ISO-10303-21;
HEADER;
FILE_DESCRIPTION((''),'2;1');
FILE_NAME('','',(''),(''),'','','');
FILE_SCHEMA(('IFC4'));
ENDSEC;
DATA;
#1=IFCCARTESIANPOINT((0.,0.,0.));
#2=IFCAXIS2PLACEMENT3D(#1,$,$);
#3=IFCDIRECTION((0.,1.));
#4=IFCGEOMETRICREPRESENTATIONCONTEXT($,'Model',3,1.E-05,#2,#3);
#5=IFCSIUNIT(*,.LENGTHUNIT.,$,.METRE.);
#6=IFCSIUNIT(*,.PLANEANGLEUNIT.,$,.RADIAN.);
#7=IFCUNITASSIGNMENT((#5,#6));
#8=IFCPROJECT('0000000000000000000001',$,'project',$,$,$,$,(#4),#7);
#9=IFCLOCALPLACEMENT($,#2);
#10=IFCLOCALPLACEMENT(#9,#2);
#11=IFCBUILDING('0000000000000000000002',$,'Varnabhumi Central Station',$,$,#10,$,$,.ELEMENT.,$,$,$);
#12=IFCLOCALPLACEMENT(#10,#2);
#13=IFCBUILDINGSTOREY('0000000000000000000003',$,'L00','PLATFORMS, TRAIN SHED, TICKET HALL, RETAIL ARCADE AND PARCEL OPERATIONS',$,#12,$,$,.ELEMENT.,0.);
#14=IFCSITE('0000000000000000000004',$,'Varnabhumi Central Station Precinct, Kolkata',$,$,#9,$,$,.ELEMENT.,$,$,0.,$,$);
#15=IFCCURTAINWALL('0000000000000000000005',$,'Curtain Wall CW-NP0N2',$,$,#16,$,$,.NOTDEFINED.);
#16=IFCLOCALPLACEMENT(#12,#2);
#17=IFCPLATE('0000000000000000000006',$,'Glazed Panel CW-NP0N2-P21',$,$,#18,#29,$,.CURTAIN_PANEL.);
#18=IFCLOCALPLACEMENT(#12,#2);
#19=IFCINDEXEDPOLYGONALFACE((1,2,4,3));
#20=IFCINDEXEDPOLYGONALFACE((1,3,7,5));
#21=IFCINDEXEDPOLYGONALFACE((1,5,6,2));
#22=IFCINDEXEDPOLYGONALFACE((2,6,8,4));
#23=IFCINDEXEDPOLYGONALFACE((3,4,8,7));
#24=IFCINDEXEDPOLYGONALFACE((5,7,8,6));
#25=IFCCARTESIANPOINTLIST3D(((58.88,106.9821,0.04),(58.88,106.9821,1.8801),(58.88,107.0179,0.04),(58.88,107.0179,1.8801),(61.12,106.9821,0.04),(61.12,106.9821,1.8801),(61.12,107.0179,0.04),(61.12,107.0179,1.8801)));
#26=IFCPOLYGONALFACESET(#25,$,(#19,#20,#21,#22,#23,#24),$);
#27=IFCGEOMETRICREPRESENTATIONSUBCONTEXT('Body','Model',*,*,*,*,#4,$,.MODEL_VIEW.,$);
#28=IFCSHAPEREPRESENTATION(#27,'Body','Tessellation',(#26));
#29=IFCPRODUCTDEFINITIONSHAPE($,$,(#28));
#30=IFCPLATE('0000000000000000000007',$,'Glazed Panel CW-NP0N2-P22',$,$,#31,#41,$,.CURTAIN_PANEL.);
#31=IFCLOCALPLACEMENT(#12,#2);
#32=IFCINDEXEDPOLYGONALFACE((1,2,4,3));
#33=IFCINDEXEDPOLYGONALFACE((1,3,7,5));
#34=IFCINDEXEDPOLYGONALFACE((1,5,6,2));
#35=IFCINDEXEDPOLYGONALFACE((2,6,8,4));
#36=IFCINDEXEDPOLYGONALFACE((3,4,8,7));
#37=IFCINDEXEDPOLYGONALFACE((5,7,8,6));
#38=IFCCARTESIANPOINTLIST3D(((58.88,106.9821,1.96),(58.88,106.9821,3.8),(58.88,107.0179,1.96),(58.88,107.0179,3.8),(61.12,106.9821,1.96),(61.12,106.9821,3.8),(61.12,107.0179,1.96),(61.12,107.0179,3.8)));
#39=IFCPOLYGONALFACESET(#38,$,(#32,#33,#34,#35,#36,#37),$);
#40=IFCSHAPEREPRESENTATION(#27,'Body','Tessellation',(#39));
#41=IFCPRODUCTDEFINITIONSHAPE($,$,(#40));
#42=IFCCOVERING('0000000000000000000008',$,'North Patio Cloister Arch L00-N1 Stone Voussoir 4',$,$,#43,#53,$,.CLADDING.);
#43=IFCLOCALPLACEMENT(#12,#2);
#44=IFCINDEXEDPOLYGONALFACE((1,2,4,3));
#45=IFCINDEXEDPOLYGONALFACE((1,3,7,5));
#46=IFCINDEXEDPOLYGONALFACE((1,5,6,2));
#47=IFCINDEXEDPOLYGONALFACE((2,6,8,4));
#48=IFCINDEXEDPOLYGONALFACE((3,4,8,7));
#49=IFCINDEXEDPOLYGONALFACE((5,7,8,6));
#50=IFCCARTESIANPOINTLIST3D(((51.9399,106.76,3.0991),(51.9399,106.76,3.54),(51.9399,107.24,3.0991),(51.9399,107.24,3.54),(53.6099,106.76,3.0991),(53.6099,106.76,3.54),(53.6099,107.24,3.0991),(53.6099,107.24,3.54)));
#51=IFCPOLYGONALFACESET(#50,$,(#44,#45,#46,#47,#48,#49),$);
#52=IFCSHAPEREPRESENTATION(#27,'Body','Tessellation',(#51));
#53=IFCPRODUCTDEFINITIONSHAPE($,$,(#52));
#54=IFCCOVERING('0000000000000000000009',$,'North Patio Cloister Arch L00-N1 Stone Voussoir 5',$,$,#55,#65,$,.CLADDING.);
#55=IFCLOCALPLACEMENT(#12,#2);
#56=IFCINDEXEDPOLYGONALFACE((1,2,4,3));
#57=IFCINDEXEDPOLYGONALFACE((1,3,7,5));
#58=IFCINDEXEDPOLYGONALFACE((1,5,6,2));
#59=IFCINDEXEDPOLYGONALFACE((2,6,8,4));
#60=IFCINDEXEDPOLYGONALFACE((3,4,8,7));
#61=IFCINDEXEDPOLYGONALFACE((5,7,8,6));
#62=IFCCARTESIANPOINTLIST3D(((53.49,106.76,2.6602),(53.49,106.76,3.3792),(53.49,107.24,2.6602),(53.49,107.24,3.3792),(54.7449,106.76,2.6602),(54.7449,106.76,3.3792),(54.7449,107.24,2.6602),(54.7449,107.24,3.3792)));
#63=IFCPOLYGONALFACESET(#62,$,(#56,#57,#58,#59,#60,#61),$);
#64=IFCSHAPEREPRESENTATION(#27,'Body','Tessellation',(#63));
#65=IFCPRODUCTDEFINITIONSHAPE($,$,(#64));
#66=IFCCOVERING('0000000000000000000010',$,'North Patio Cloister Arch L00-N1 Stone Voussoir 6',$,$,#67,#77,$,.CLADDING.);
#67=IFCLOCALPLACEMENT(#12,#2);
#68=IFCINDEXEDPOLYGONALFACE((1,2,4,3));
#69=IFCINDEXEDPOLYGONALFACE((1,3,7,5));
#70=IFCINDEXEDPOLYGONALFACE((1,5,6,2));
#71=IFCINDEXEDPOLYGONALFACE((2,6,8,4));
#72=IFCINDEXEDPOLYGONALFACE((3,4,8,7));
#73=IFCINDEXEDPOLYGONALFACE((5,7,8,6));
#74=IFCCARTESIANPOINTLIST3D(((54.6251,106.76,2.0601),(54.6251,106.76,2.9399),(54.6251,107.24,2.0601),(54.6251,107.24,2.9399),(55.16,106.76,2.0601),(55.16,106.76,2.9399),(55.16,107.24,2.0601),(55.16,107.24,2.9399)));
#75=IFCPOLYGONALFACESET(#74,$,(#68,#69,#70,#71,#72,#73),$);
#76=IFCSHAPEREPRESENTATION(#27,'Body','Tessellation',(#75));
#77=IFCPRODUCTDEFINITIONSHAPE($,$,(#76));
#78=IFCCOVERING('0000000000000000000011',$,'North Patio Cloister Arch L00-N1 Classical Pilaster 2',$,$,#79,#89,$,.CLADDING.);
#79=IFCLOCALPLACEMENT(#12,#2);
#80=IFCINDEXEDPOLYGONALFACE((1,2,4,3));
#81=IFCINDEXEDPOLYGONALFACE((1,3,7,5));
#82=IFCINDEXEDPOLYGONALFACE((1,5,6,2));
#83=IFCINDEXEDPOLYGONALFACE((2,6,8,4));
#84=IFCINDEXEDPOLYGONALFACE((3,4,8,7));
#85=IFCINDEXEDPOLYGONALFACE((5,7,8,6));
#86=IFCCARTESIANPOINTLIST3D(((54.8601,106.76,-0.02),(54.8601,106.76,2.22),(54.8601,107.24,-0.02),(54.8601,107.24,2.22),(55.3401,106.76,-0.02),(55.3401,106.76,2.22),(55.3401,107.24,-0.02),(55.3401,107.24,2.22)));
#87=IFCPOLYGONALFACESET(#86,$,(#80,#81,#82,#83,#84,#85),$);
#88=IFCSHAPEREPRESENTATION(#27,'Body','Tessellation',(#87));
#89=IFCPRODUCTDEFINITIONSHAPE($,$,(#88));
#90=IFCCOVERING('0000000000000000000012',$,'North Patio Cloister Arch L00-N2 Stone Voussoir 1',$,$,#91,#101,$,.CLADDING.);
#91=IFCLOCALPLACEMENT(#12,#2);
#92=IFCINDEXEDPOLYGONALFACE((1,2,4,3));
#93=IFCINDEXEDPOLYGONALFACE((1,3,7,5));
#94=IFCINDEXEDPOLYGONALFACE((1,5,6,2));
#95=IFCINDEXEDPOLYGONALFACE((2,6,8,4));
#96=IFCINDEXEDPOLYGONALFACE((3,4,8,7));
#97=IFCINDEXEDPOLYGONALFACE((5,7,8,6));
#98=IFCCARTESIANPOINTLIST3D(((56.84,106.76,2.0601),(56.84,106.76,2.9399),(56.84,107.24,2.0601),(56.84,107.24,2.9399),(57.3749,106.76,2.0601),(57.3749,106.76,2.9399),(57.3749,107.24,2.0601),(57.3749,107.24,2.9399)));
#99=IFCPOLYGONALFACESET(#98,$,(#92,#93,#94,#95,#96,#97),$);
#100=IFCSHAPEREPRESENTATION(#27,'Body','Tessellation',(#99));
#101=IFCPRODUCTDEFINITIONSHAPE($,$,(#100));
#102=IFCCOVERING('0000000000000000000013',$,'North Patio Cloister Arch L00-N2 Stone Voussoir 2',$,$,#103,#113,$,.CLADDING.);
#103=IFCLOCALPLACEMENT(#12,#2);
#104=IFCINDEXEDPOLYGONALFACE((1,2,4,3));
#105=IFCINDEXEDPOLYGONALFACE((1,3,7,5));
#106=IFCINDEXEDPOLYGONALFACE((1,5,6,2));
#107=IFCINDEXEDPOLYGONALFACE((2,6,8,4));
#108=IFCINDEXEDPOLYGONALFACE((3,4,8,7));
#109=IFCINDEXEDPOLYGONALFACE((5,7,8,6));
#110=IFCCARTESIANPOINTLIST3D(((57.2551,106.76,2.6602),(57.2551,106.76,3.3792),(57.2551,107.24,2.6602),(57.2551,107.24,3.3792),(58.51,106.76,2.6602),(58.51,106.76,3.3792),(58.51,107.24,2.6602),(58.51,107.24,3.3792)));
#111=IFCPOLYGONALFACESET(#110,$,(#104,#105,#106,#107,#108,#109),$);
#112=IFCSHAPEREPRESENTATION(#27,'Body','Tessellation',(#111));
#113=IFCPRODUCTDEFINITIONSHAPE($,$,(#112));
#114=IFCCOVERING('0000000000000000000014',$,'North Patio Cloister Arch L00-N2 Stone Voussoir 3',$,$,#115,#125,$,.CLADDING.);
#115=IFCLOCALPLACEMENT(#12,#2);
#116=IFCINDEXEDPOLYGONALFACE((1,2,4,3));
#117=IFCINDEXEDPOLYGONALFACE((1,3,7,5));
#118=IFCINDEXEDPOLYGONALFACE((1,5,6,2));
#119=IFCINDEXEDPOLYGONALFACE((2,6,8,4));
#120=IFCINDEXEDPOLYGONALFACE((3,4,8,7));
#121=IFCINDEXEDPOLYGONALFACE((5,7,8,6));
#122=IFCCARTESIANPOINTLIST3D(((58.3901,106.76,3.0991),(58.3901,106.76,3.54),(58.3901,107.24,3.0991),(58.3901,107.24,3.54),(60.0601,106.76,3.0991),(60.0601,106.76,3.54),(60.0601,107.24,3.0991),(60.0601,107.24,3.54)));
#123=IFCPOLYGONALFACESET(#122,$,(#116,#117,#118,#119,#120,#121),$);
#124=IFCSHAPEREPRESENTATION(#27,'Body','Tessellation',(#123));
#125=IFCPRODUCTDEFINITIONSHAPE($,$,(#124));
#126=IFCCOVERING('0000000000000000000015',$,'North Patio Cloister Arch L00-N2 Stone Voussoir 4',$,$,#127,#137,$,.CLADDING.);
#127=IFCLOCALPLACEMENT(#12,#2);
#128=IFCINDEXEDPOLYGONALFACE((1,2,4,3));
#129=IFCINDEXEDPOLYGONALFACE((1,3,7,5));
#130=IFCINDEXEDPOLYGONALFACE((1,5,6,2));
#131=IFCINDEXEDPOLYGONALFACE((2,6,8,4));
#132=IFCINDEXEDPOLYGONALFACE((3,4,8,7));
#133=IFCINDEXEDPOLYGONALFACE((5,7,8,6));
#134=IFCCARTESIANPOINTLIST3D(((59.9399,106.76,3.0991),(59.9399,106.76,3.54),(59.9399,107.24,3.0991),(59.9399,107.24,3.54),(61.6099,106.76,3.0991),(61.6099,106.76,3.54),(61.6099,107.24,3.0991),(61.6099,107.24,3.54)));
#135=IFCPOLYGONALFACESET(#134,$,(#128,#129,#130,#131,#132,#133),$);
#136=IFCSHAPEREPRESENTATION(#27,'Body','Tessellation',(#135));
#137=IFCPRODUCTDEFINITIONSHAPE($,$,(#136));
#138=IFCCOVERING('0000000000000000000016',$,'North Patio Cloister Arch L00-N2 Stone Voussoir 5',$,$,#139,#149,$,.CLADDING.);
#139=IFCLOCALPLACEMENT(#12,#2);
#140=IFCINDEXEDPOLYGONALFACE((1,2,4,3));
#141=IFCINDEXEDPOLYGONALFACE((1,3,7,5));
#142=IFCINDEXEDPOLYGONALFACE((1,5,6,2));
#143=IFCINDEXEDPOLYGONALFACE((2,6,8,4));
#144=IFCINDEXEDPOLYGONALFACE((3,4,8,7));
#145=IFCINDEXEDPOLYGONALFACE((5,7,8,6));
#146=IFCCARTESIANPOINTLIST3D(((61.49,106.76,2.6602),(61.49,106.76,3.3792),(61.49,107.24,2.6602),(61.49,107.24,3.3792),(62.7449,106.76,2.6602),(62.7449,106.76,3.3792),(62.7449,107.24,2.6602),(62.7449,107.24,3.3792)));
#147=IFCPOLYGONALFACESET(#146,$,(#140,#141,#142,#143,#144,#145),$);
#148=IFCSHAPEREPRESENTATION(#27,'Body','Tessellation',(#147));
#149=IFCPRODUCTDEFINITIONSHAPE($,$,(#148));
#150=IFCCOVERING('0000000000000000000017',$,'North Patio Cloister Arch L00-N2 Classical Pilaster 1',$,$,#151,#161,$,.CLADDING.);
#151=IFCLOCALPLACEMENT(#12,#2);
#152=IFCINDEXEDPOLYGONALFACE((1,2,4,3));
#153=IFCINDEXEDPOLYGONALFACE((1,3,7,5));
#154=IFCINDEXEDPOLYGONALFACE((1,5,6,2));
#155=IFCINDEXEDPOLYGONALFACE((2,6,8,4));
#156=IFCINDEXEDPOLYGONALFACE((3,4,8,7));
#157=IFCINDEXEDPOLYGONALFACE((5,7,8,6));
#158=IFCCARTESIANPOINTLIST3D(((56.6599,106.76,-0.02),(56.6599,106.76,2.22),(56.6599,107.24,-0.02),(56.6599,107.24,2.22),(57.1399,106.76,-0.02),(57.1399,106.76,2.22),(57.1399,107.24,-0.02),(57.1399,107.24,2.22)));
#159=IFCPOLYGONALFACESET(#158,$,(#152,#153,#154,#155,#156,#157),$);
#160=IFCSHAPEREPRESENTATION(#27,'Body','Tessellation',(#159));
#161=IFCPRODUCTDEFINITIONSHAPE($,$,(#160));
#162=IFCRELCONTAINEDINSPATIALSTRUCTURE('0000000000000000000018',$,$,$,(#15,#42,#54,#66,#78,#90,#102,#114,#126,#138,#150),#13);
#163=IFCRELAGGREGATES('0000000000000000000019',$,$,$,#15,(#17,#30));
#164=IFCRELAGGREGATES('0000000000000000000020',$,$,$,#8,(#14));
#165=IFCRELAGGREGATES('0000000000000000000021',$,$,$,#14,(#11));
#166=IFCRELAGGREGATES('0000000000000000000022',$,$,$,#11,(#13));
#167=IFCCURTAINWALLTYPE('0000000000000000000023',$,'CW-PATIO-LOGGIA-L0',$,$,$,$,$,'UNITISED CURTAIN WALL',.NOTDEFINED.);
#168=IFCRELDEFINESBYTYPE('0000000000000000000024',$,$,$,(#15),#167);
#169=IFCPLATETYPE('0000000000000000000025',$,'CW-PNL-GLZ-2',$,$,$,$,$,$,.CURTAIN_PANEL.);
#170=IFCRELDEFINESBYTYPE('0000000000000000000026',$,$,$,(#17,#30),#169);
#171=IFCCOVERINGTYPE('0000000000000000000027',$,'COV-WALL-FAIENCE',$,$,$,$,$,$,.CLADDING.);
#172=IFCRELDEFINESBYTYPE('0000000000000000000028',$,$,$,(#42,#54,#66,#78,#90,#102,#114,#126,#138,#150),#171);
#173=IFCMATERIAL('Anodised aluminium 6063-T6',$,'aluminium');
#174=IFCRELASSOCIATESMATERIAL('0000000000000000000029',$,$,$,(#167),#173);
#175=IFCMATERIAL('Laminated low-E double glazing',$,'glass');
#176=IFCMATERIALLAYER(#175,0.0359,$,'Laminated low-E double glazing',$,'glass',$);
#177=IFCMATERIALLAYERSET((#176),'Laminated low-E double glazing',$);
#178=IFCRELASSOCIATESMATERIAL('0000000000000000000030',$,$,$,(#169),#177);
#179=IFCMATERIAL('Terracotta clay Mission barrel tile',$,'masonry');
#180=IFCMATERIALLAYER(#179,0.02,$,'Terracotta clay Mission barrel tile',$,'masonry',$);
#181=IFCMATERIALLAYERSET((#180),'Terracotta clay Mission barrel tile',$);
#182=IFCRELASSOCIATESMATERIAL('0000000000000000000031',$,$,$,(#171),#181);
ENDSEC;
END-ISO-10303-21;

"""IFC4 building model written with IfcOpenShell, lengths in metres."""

from ifc_helpers import new_model, si_unit, direction, frame, origin, origin_2d, place, context, subcontext, project, spatial, rectangle, extrude, material, layer, layer_set, type_object, element, aggregate, save


model = new_model("IFC4")

# Units and contexts
model_context = context("Model", 3, precision=1e-05, world=origin(), true_north=direction((0.0, 1.0)))
body_context = subcontext(model_context, "Body", "Model", "MODEL_VIEW")
ifc_project = project(units=[si_unit("LENGTHUNIT", "METRE"), si_unit("PLANEANGLEUNIT", "RADIAN")], contexts=[model_context])

# Site, building, storey
site_placement = place(None, origin())
site = spatial("IfcSite", under=ifc_project, at=site_placement, Name="Varnabhumi Central Station Precinct, Kolkata", CompositionType="ELEMENT", RefElevation=0.0)
building_placement = place(site_placement, origin())
building = spatial("IfcBuilding", under=site, at=building_placement, Name="Varnabhumi Central Station", CompositionType="ELEMENT")
storey_placement = place(building_placement, origin())
storey = spatial("IfcBuildingStorey", under=building, at=storey_placement, Name="L00", Description="PLATFORMS, TRAIN SHED, TICKET HALL, RETAIL ARCADE AND PARCEL OPERATIONS", CompositionType="ELEMENT", Elevation=0.0)

# Curtain wall
ifc_material_1 = material(Name="Anodised aluminium 6063-T6", Category="aluminium")
curtain_wall_type = type_object("IfcCurtainWallType", Name="CW-PATIO-LOGGIA-L0", ElementType="UNITISED CURTAIN WALL", PredefinedType="NOTDEFINED", material=ifc_material_1)
curtain_wall_1_placement = place(storey_placement, origin())
curtain_wall_1 = element("IfcCurtainWall", 1, at=curtain_wall_1_placement, inside=storey, type_object=curtain_wall_type, Name="Curtain Wall CW-NP0N2", PredefinedType="NOTDEFINED")

# Plates
ifc_material_2 = material(Name="Laminated low-E double glazing", Category="glass")
ifc_layer_1 = layer(ifc_material_2, 0.0359, Name="Laminated low-E double glazing", Category="glass")
ifc_layer_set_1 = layer_set([ifc_layer_1], Name="Laminated low-E double glazing")
plate_type_1 = type_object("IfcPlateType", Name="CW-PNL-GLZ-2", PredefinedType="CURTAIN_PANEL", material=ifc_layer_set_1)
plate_1_placement = place(storey_placement, frame((60.0, 107.0, 0.04), z_axis=(0.0, 0.0, 1.0), x_axis=(1.0, 0.0, 0.0)))
plate_1 = element("IfcPlate", 2, at=plate_1_placement, type_object=plate_type_1, Name="Glazed Panel CW-NP0N2-P21", PredefinedType="CURTAIN_PANEL", context=body_context, shape_type="SweptSolid", body=[
    extrude(rectangle(XDim=2.24, YDim=0.0359, at=origin_2d()), origin(), (0.0, 0.0, 1.0), 1.8401),
])
plate_2_placement = place(storey_placement, frame((60.0, 107.0, 1.96), z_axis=(0.0, 0.0, 1.0), x_axis=(1.0, 0.0, 0.0)))
plate_2 = element("IfcPlate", 3, at=plate_2_placement, type_object=plate_type_1, Name="Glazed Panel CW-NP0N2-P22", PredefinedType="CURTAIN_PANEL", context=body_context, shape_type="SweptSolid", body=[
    extrude(rectangle(XDim=2.24, YDim=0.0359, at=origin_2d()), origin(), (0.0, 0.0, 1.0), 1.8401),
])
aggregate(curtain_wall_1, [plate_1, plate_2])

# Coverings
ifc_material_3 = material(Name="Terracotta clay Mission barrel tile", Category="masonry")
ifc_layer_2 = layer(ifc_material_3, 0.02, Name="Terracotta clay Mission barrel tile", Category="masonry")
ifc_layer_set_2 = layer_set([ifc_layer_2], Name="Terracotta clay Mission barrel tile")
covering_type = type_object("IfcCoveringType", Name="COV-WALL-FAIENCE", PredefinedType="CLADDING", material=ifc_layer_set_2)
covering_1_placement = place(storey_placement, frame((52.7749, 107.0, 3.0991), z_axis=(0.0, 0.0, 1.0), x_axis=(1.0, 0.0, 0.0)))
element("IfcCovering", 4, at=covering_1_placement, inside=storey, type_object=covering_type, Name="North Patio Cloister Arch L00-N1 Stone Voussoir 4", PredefinedType="CLADDING", context=body_context, shape_type="SweptSolid", body=[
    extrude(rectangle(XDim=1.6699, YDim=0.48, at=origin_2d()), origin(), (0.0, 0.0, 1.0), 0.4409),
])
covering_2_placement = place(storey_placement, frame((54.1174, 107.0, 2.6602), z_axis=(0.0, 0.0, 1.0), x_axis=(1.0, 0.0, 0.0)))
element("IfcCovering", 5, at=covering_2_placement, inside=storey, type_object=covering_type, Name="North Patio Cloister Arch L00-N1 Stone Voussoir 5", PredefinedType="CLADDING", context=body_context, shape_type="SweptSolid", body=[
    extrude(rectangle(XDim=1.2549, YDim=0.48, at=origin_2d()), origin(), (0.0, 0.0, 1.0), 0.719),
])
covering_3_placement = place(storey_placement, frame((54.8926, 107.0, 2.0601), z_axis=(0.0, 0.0, 1.0), x_axis=(1.0, 0.0, 0.0)))
element("IfcCovering", 6, at=covering_3_placement, inside=storey, type_object=covering_type, Name="North Patio Cloister Arch L00-N1 Stone Voussoir 6", PredefinedType="CLADDING", context=body_context, shape_type="SweptSolid", body=[
    extrude(rectangle(XDim=0.5349, YDim=0.48, at=origin_2d()), origin(), (0.0, 0.0, 1.0), 0.8799),
])
covering_4_placement = place(storey_placement, frame((55.1001, 107.0, -0.02), z_axis=(0.0, 0.0, 1.0), x_axis=(1.0, 0.0, 0.0)))
element("IfcCovering", 7, at=covering_4_placement, inside=storey, type_object=covering_type, Name="North Patio Cloister Arch L00-N1 Classical Pilaster 2", PredefinedType="CLADDING", context=body_context, shape_type="SweptSolid", body=[
    extrude(rectangle(XDim=0.48, YDim=0.48, at=origin_2d()), origin(), (0.0, 0.0, 1.0), 2.24),
])
covering_5_placement = place(storey_placement, frame((57.1074, 107.0, 2.0601), z_axis=(0.0, 0.0, 1.0), x_axis=(1.0, 0.0, 0.0)))
element("IfcCovering", 8, at=covering_5_placement, inside=storey, type_object=covering_type, Name="North Patio Cloister Arch L00-N2 Stone Voussoir 1", PredefinedType="CLADDING", context=body_context, shape_type="SweptSolid", body=[
    extrude(rectangle(XDim=0.5349, YDim=0.48, at=origin_2d()), origin(), (0.0, 0.0, 1.0), 0.8799),
])
covering_6_placement = place(storey_placement, frame((57.8826, 107.0, 2.6602), z_axis=(0.0, 0.0, 1.0), x_axis=(1.0, 0.0, 0.0)))
element("IfcCovering", 9, at=covering_6_placement, inside=storey, type_object=covering_type, Name="North Patio Cloister Arch L00-N2 Stone Voussoir 2", PredefinedType="CLADDING", context=body_context, shape_type="SweptSolid", body=[
    extrude(rectangle(XDim=1.2549, YDim=0.48, at=origin_2d()), origin(), (0.0, 0.0, 1.0), 0.719),
])
for number, where, z_axis, x_axis, name in (
    (10, (59.2251, 107.0, 3.0991), (0.0, 0.0, 1.0), (1.0, 0.0, 0.0), "North Patio Cloister Arch L00-N2 Stone Voussoir 3"),
    (11, (60.7749, 107.0, 3.0991), (0.0, 0.0, 1.0), (1.0, 0.0, 0.0), "North Patio Cloister Arch L00-N2 Stone Voussoir 4"),
):
    element("IfcCovering", number, at=place(storey_placement, frame(where, z_axis=z_axis, x_axis=x_axis)), inside=storey, type_object=covering_type, Name=name, PredefinedType="CLADDING", context=body_context, shape_type="SweptSolid", body=[
        extrude(rectangle(XDim=1.6699, YDim=0.48, at=origin_2d()), origin(), (0.0, 0.0, 1.0), 0.4409),
    ])
covering_7_placement = place(storey_placement, frame((62.1174, 107.0, 2.6602), z_axis=(0.0, 0.0, 1.0), x_axis=(1.0, 0.0, 0.0)))
element("IfcCovering", 12, at=covering_7_placement, inside=storey, type_object=covering_type, Name="North Patio Cloister Arch L00-N2 Stone Voussoir 5", PredefinedType="CLADDING", context=body_context, shape_type="SweptSolid", body=[
    extrude(rectangle(XDim=1.2549, YDim=0.48, at=origin_2d()), origin(), (0.0, 0.0, 1.0), 0.719),
])
covering_8_placement = place(storey_placement, frame((56.8999, 107.0, -0.02), z_axis=(0.0, 0.0, 1.0), x_axis=(1.0, 0.0, 0.0)))
element("IfcCovering", 13, at=covering_8_placement, inside=storey, type_object=covering_type, Name="North Patio Cloister Arch L00-N2 Classical Pilaster 1", PredefinedType="CLADDING", context=body_context, shape_type="SweptSolid", body=[
    extrude(rectangle(XDim=0.48, YDim=0.48, at=origin_2d()), origin(), (0.0, 0.0, 1.0), 2.24),
])

save(model, "model.ifc")
